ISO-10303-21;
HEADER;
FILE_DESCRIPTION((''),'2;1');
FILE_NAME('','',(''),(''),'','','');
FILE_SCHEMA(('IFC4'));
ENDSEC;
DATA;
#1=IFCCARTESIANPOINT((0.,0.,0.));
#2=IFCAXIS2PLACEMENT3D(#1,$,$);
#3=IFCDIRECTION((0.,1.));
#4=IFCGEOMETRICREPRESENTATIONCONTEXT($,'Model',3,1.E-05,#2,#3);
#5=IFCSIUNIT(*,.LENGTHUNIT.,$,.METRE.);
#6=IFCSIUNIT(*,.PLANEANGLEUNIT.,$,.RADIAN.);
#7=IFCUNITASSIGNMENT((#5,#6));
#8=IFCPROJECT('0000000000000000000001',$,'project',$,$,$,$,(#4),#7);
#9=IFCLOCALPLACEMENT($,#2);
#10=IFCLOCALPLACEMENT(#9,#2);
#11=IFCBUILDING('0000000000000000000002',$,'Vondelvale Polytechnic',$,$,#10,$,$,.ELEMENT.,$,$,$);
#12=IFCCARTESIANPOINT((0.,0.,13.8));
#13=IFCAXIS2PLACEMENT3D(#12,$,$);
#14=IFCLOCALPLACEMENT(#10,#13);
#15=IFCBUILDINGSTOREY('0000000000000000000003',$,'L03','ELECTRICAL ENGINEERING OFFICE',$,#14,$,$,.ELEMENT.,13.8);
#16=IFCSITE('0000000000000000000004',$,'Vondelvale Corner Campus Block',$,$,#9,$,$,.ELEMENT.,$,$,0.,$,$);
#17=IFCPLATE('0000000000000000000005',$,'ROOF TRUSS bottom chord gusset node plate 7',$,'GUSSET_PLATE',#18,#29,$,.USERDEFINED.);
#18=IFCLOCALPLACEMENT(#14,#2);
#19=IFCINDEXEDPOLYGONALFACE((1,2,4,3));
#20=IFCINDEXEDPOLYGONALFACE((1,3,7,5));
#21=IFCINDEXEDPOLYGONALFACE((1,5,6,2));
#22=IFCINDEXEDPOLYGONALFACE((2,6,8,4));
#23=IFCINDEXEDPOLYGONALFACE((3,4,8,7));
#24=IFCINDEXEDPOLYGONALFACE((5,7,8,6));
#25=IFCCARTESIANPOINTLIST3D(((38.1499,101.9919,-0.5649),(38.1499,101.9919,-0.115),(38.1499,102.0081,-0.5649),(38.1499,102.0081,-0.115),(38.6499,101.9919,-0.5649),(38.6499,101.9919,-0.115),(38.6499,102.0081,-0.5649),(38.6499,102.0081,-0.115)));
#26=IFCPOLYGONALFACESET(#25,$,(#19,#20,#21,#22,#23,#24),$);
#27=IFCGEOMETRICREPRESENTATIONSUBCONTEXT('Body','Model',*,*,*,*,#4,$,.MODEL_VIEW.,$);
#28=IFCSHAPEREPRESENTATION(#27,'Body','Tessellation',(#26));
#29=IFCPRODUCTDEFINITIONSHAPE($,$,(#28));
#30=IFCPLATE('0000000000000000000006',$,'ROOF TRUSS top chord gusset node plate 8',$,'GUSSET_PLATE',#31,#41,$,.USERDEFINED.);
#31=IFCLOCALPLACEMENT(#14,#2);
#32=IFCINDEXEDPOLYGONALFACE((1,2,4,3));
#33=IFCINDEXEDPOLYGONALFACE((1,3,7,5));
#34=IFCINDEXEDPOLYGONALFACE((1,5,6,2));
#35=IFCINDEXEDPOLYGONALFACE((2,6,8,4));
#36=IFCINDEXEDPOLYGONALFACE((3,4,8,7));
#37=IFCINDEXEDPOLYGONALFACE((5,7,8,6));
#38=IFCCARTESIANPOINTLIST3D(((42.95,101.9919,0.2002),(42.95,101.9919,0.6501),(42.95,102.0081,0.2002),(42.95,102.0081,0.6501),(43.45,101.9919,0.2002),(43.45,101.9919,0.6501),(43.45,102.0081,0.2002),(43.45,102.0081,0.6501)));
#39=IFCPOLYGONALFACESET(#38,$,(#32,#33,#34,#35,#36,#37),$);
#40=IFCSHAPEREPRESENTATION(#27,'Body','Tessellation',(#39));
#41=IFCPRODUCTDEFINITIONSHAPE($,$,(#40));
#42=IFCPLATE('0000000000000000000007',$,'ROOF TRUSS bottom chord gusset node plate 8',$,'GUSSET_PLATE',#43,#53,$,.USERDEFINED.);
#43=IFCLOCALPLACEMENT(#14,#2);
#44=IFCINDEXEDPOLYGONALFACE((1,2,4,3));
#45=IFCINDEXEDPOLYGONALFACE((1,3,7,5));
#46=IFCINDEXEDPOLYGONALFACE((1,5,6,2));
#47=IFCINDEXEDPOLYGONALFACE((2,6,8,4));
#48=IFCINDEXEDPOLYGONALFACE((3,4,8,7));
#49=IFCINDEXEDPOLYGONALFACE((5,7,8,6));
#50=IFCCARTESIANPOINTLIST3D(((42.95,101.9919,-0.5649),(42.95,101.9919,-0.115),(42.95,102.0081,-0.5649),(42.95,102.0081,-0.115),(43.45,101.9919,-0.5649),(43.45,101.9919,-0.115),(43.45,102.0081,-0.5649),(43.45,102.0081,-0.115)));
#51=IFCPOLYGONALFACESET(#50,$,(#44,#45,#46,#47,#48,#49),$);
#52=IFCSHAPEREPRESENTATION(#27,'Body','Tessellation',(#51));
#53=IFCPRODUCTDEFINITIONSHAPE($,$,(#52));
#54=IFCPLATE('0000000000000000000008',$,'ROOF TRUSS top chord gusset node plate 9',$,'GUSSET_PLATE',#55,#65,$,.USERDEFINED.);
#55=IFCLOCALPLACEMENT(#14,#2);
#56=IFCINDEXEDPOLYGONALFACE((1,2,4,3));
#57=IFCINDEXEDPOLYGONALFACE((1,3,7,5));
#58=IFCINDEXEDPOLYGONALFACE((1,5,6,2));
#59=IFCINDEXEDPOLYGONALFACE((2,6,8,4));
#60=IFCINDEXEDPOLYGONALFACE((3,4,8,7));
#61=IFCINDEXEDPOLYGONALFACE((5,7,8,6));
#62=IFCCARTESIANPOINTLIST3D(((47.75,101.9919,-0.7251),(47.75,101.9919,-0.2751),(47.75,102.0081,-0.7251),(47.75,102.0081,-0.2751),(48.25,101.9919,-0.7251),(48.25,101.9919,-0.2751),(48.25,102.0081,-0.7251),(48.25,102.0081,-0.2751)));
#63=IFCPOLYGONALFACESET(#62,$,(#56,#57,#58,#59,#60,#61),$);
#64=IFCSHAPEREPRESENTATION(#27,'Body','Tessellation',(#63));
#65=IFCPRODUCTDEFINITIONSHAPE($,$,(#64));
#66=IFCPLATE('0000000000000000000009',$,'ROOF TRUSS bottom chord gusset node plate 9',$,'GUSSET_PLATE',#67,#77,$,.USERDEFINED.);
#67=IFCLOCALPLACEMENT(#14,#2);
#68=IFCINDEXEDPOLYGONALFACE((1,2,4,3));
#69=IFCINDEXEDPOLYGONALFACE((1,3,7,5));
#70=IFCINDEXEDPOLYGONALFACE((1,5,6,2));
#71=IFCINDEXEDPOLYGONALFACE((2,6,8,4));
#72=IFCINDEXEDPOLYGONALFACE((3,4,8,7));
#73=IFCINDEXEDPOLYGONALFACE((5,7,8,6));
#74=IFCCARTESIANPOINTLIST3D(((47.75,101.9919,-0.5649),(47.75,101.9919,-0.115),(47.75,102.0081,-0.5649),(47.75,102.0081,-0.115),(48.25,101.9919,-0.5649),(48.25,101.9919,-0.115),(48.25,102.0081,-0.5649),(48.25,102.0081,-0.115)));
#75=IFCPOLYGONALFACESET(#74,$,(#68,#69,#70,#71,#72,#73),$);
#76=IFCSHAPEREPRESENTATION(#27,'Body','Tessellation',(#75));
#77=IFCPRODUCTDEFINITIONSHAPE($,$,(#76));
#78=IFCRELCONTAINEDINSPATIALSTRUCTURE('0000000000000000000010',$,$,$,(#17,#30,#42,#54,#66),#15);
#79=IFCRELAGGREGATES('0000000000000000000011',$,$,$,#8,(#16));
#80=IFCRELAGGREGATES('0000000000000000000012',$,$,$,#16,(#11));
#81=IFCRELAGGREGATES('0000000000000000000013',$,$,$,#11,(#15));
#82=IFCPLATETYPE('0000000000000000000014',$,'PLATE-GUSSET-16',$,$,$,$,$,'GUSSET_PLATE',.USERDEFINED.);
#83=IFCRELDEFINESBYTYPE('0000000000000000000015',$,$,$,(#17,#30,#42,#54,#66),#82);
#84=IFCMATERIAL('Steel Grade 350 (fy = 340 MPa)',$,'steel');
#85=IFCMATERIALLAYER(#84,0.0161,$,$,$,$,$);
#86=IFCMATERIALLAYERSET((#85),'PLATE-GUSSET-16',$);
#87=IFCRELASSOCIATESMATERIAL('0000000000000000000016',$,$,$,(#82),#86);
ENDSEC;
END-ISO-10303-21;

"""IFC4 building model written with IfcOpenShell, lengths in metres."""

from ifc_helpers import new_model, si_unit, direction, frame, origin, origin_2d, place, context, subcontext, project, spatial, rectangle, extrude, material, layer, layer_set, type_object, element, save


model = new_model("IFC4")

# Units and contexts
model_context = context("Model", 3, precision=1e-05, world=origin(), true_north=direction((0.0, 1.0)))
body_context = subcontext(model_context, "Body", "Model", "MODEL_VIEW")
ifc_project = project(units=[si_unit("LENGTHUNIT", "METRE"), si_unit("PLANEANGLEUNIT", "RADIAN")], contexts=[model_context])

# Site, building, storey
site_placement = place(None, origin())
site = spatial("IfcSite", under=ifc_project, at=site_placement, Name="Vondelvale Corner Campus Block", CompositionType="ELEMENT", RefElevation=0.0)
building_placement = place(site_placement, origin())
building = spatial("IfcBuilding", under=site, at=building_placement, Name="Vondelvale Polytechnic", CompositionType="ELEMENT")
storey_placement = place(building_placement, frame((0.0, 0.0, 13.8)))
storey = spatial("IfcBuildingStorey", under=building, at=storey_placement, Name="L03", Description="ELECTRICAL ENGINEERING OFFICE", CompositionType="ELEMENT", Elevation=13.8)

# Plates
ifc_material_1 = material(Name="Steel Grade 350 (fy = 340 MPa)", Category="steel")
ifc_layer_1 = layer(ifc_material_1, 0.0161)
ifc_layer_set_1 = layer_set([ifc_layer_1], Name="PLATE-GUSSET-16")
plate_type_1 = type_object("IfcPlateType", Name="PLATE-GUSSET-16", ElementType="GUSSET_PLATE", PredefinedType="USERDEFINED", material=ifc_layer_set_1)
for number, where, z_axis, x_axis, name in (
    (1, (38.3999, 102.0, -0.5649), (0.0, 0.0, 1.0), (1.0, 0.0, 0.0), "ROOF TRUSS bottom chord gusset node plate 7"),
    (2, (43.2, 102.0, 0.2002), (0.0, 0.0, 1.0), (1.0, 0.0, 0.0), "ROOF TRUSS top chord gusset node plate 8"),
    (3, (43.2, 102.0, -0.5649), (0.0, 0.0, 1.0), (1.0, 0.0, 0.0), "ROOF TRUSS bottom chord gusset node plate 8"),
    (4, (48.0, 102.0, -0.7251), (0.0, 0.0, 1.0), (1.0, 0.0, 0.0), "ROOF TRUSS top chord gusset node plate 9"),
    (5, (48.0, 102.0, -0.5649), (0.0, 0.0, 1.0), (1.0, 0.0, 0.0), "ROOF TRUSS bottom chord gusset node plate 9"),
):
    element("IfcPlate", number, at=place(storey_placement, frame(where, z_axis=z_axis, x_axis=x_axis)), inside=storey, type_object=plate_type_1, Name=name, ObjectType="GUSSET_PLATE", PredefinedType="USERDEFINED", context=body_context, shape_type="SweptSolid", body=[
        extrude(rectangle(XDim=0.5, YDim=0.0161, at=origin_2d()), origin(), (0.0, 0.0, 1.0), 0.45),
    ])

save(model, "model.ifc")
